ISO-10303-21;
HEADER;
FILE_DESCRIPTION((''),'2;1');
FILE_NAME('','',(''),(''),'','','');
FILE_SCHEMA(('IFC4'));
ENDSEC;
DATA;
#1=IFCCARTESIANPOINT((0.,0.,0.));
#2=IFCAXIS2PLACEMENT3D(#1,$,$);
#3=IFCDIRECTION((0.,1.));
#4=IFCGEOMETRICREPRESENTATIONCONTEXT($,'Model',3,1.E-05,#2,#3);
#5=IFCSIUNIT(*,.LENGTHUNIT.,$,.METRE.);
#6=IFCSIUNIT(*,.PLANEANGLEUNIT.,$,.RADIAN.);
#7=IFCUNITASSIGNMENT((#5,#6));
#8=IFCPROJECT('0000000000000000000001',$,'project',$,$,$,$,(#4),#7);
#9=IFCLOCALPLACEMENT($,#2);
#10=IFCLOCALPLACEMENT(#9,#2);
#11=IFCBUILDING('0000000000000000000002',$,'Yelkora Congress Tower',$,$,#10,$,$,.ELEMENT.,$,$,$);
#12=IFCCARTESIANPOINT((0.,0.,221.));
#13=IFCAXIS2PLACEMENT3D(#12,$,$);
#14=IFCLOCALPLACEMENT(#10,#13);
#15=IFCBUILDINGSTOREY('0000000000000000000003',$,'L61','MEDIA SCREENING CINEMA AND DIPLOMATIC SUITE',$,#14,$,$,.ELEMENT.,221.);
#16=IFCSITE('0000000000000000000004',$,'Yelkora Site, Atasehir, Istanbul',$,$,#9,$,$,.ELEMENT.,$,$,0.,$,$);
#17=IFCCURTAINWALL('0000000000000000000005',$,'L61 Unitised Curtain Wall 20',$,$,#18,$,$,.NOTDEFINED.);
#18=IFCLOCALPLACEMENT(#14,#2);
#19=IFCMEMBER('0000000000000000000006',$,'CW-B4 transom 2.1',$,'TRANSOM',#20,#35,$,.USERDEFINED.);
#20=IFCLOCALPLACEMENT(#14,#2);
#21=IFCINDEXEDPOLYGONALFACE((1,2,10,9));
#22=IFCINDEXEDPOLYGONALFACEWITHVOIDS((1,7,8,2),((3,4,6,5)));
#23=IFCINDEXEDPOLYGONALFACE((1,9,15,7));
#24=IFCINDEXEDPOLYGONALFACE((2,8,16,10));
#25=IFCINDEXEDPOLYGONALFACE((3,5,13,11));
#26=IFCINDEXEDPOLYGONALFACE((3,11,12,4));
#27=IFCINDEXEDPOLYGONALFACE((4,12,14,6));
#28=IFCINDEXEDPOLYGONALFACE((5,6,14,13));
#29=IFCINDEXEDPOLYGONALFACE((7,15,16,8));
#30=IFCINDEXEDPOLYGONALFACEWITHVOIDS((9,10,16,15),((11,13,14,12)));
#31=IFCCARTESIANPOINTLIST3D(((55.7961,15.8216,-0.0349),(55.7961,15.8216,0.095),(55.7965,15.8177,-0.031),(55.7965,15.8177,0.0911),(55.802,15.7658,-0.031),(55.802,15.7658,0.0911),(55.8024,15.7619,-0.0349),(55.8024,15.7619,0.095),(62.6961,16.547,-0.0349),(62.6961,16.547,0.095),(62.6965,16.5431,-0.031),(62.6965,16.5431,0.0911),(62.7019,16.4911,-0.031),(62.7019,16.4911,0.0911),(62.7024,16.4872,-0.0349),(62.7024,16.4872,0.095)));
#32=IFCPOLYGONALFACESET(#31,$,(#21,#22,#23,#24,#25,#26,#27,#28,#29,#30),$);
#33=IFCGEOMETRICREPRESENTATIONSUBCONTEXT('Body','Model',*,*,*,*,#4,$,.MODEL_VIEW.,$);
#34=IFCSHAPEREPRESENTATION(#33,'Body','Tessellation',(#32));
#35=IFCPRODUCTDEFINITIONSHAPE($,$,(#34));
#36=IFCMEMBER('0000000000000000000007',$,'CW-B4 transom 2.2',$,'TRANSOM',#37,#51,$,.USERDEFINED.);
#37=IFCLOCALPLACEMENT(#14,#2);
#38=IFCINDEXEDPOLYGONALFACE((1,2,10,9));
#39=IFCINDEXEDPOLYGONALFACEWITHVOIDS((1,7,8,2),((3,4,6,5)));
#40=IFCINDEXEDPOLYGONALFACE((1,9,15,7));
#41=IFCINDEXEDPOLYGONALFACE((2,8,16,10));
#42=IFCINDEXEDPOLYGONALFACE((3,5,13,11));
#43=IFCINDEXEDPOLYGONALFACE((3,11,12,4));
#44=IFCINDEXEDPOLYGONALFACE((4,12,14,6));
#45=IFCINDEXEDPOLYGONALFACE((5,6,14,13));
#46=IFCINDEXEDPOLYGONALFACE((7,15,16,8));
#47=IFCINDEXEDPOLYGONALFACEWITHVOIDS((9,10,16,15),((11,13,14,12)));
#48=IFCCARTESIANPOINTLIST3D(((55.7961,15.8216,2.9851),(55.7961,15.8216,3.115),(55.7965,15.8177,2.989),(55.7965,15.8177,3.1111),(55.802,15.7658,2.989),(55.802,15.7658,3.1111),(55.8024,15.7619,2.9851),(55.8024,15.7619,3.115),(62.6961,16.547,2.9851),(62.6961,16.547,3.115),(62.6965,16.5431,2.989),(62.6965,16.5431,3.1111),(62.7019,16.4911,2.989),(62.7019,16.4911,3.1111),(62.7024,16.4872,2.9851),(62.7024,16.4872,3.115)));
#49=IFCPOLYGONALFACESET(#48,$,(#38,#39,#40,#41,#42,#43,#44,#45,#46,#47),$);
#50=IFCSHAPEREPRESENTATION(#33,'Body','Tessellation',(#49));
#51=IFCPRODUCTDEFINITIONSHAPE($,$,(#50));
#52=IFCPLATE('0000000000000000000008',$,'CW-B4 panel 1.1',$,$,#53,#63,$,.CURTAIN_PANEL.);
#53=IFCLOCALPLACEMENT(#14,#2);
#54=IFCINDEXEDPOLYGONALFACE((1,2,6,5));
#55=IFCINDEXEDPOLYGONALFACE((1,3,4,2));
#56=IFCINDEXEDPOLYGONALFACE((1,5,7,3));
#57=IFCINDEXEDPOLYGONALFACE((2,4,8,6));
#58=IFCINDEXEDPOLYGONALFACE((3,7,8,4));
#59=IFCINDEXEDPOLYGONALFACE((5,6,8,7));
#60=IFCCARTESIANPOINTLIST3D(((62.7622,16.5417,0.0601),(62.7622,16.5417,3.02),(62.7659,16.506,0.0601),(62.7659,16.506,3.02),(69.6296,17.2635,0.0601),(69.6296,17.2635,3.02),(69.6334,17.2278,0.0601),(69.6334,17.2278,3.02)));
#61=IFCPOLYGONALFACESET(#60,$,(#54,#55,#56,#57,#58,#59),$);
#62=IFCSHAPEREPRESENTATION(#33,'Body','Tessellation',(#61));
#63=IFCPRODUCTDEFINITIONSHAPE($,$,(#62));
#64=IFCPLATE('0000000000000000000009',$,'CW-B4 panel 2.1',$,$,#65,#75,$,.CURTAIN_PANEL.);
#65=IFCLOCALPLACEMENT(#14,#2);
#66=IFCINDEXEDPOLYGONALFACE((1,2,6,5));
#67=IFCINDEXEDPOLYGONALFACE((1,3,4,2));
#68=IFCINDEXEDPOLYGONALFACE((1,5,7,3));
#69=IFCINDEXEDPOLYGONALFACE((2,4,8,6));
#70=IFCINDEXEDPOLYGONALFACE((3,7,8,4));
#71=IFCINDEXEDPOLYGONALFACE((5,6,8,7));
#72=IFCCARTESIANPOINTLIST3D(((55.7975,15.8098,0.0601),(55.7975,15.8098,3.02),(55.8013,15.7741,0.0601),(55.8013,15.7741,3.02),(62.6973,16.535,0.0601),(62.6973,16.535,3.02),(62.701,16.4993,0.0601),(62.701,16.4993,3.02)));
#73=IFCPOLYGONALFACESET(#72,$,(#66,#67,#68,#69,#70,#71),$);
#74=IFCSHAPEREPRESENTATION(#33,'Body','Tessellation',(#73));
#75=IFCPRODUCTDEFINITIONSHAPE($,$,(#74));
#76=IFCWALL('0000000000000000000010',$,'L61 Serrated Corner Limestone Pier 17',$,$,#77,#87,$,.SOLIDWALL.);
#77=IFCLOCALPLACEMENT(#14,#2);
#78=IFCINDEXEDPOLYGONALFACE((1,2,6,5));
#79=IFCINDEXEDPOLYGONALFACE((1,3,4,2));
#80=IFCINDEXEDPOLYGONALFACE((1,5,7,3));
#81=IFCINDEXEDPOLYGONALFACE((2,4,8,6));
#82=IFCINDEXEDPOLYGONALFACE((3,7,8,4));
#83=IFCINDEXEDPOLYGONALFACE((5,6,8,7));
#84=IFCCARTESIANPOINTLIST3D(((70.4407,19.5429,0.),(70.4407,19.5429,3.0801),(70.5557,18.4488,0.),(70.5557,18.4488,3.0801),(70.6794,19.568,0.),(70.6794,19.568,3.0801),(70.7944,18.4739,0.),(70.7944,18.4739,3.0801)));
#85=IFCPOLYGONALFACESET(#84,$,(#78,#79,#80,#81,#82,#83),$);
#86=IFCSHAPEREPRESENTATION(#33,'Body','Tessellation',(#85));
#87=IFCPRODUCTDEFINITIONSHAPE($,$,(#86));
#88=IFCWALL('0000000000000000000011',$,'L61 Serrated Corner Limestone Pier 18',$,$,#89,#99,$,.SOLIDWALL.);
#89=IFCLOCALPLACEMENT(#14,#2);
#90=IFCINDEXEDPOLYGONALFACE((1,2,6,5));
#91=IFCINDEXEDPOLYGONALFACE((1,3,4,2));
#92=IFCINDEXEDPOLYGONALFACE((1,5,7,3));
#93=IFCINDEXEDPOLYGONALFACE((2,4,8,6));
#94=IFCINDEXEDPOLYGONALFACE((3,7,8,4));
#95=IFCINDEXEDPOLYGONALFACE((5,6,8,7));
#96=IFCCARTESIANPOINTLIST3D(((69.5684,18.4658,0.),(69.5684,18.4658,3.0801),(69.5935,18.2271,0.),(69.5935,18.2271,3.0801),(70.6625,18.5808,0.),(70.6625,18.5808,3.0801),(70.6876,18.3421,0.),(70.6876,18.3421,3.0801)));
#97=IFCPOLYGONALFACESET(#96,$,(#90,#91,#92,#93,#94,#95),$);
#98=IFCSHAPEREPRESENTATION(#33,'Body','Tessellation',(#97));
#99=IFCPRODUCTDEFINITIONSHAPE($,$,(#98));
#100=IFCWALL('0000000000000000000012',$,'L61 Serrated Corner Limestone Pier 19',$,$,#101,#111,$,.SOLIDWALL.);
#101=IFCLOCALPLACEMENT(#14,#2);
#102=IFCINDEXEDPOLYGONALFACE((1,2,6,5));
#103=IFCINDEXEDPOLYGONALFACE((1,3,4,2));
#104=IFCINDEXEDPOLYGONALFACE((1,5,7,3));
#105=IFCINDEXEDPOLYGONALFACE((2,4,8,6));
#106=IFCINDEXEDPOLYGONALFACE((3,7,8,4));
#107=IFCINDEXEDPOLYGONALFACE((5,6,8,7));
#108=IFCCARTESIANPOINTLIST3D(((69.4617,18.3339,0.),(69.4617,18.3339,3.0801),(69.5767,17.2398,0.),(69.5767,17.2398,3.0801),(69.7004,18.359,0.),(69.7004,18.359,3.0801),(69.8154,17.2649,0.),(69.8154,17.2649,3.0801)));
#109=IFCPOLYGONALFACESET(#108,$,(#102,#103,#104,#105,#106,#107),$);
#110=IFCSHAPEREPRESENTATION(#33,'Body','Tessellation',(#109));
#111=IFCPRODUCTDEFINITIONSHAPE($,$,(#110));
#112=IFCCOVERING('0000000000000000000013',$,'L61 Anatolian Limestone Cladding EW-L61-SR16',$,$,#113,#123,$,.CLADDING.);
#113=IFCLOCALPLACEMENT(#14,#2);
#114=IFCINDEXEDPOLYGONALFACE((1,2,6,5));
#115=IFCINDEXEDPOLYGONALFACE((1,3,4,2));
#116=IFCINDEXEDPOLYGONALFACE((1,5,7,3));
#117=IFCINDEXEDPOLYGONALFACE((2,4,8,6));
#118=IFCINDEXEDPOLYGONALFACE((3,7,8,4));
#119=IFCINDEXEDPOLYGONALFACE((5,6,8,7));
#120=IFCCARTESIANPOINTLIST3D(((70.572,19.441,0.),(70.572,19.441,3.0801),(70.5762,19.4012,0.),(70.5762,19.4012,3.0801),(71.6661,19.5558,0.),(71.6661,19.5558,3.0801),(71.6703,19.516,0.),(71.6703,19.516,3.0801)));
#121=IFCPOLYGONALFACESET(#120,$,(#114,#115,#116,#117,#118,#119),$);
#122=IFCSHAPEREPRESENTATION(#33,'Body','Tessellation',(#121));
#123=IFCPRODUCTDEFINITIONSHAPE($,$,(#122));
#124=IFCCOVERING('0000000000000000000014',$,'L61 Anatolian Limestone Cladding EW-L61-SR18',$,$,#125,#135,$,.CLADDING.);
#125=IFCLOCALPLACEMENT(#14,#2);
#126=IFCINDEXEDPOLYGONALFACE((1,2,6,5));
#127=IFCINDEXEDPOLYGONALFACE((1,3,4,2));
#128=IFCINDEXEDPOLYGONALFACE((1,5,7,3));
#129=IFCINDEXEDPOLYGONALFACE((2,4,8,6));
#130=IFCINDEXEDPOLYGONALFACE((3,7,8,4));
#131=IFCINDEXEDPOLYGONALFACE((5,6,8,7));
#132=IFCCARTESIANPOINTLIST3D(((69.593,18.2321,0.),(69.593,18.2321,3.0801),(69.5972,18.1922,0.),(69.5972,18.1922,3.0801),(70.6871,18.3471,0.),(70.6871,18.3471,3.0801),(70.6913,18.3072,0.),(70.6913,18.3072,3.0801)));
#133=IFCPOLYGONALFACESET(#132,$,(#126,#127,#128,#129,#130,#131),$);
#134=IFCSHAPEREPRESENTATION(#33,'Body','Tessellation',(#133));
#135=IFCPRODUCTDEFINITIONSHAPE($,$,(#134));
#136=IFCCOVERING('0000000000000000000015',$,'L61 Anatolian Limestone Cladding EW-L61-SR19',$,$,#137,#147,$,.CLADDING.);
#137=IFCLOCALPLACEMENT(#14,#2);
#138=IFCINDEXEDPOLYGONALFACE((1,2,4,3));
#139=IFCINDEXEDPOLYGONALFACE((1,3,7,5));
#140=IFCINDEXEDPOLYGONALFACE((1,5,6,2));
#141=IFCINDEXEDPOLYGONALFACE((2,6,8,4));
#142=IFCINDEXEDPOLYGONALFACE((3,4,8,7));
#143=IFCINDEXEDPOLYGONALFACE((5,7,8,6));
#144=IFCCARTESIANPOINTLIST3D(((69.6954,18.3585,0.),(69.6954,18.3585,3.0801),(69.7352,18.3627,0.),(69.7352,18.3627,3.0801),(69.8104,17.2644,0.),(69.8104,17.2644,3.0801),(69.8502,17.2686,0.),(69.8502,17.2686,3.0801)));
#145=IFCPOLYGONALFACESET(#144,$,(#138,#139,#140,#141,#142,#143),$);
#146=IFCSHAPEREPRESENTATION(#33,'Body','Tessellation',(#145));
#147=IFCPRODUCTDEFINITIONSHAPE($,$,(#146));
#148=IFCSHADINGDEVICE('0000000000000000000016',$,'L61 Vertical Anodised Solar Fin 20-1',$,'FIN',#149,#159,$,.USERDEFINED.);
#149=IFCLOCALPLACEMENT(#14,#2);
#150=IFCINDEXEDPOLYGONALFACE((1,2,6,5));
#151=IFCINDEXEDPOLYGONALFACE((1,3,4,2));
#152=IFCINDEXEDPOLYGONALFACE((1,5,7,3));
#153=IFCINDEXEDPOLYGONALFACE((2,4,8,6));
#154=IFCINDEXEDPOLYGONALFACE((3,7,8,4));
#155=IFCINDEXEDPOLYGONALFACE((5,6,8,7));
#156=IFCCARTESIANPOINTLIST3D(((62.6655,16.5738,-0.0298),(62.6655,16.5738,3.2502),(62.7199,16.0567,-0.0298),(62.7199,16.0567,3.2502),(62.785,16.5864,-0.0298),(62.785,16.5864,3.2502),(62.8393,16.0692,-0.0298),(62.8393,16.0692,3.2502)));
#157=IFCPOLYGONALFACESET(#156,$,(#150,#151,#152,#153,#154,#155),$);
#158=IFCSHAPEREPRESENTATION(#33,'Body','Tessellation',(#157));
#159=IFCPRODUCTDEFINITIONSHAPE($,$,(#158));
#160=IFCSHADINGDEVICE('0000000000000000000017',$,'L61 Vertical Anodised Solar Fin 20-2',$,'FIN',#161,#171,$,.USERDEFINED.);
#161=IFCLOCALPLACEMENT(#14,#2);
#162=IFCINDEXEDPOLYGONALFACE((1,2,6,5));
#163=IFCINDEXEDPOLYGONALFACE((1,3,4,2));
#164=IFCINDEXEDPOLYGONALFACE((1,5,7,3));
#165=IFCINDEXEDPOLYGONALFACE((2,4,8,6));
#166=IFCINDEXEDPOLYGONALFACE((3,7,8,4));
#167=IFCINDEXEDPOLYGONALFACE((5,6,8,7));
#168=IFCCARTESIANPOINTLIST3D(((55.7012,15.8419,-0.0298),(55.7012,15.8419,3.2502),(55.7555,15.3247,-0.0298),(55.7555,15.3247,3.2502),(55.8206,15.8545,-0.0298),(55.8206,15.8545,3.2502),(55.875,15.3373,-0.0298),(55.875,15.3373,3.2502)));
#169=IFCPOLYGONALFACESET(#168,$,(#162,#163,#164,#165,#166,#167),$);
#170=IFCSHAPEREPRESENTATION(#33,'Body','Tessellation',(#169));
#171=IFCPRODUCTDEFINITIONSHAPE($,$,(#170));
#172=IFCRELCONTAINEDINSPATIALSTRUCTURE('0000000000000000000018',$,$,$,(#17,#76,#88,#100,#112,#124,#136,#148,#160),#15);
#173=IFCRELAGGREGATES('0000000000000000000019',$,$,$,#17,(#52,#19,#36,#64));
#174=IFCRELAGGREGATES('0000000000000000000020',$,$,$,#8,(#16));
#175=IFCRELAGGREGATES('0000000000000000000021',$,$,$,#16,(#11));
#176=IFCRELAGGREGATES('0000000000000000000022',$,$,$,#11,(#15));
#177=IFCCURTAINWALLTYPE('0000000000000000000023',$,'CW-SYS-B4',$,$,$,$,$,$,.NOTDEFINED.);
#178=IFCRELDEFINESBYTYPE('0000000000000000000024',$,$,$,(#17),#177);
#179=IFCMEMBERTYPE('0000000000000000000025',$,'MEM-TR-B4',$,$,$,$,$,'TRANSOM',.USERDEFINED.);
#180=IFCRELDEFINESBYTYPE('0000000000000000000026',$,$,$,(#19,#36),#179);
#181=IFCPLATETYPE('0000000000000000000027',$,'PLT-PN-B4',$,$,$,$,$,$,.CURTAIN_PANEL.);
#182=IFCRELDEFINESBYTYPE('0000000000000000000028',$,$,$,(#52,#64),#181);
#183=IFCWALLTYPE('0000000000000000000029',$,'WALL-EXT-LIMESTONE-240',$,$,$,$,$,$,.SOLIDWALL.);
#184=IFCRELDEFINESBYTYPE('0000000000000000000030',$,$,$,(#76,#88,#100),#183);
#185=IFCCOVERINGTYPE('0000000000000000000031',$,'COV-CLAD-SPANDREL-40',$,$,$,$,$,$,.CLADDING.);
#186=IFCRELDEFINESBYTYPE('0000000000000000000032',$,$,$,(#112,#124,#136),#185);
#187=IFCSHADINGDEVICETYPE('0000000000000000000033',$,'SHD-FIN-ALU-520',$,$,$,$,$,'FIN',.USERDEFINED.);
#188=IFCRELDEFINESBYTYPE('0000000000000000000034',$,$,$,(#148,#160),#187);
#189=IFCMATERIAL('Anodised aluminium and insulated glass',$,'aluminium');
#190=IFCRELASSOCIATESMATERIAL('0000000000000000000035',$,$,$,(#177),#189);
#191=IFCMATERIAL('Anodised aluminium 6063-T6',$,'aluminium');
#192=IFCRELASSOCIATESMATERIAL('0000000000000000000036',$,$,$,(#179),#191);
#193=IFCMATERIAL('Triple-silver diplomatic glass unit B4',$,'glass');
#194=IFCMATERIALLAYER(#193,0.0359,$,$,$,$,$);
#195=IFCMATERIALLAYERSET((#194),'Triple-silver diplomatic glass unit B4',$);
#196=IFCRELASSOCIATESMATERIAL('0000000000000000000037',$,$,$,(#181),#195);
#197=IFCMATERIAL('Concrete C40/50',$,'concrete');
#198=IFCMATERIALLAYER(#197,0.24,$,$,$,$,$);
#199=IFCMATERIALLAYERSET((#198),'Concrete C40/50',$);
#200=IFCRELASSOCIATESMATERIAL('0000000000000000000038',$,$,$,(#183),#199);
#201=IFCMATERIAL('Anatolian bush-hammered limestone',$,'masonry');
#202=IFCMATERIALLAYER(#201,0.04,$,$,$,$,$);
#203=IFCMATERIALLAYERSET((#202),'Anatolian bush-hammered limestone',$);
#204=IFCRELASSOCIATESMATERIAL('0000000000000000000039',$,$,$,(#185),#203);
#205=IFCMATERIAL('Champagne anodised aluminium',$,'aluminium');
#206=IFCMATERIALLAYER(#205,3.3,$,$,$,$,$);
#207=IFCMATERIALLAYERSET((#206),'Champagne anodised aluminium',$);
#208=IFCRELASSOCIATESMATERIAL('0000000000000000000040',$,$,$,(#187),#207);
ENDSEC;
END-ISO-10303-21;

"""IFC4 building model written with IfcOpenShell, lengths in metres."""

from ifc_helpers import new_model, si_unit, direction, frame, frame_2d, origin, origin_2d, place, context, subcontext, project, spatial, rectangle, hollow_rectangle, extrude, material, layer, layer_set, material_profile, profile_set, type_object, element, aggregate, save


model = new_model("IFC4")

# Units and contexts
model_context = context("Model", 3, precision=1e-05, world=origin(), true_north=direction((0.0, 1.0)))
body_context = subcontext(model_context, "Body", "Model", "MODEL_VIEW")
ifc_project = project(units=[si_unit("LENGTHUNIT", "METRE"), si_unit("PLANEANGLEUNIT", "RADIAN")], contexts=[model_context])

# Site, building, storey
site_placement = place(None, origin())
site = spatial("IfcSite", under=ifc_project, at=site_placement, Name="Yelkora Site, Atasehir, Istanbul", CompositionType="ELEMENT", RefElevation=0.0)
building_placement = place(site_placement, origin())
building = spatial("IfcBuilding", under=site, at=building_placement, Name="Yelkora Congress Tower", CompositionType="ELEMENT")
storey_placement = place(building_placement, frame((0.0, 0.0, 221.0)))
storey = spatial("IfcBuildingStorey", under=building, at=storey_placement, Name="L61", Description="MEDIA SCREENING CINEMA AND DIPLOMATIC SUITE", CompositionType="ELEMENT", Elevation=221.0)

# Curtain wall, members, plates
ifc_material_1 = material(Name="Anodised aluminium and insulated glass", Category="aluminium")
curtain_wall_type = type_object("IfcCurtainWallType", Name="CW-SYS-B4", PredefinedType="NOTDEFINED", material=ifc_material_1)
curtain_wall_placement = place(storey_placement, origin())
curtain_wall = element("IfcCurtainWall", 1, at=curtain_wall_placement, inside=storey, type_object=curtain_wall_type, Name="L61 Unitised Curtain Wall 20", PredefinedType="NOTDEFINED")
ifc_material_2 = material(Name="Anodised aluminium 6063-T6", Category="aluminium")
ifc_material_profile_1 = material_profile(ifc_material_2, hollow_rectangle(XDim=0.0601, YDim=0.1299, WallThickness=0.0039, at=origin_2d()), Name="ALU 60x130x4")
ifc_profile_set_1 = profile_set([ifc_material_profile_1], Name="Anodised aluminium 6063-T6")
member_type_1 = type_object("IfcMemberType", Name="MEM-TR-B4", ElementType="TRANSOM", PredefinedType="USERDEFINED", material=ifc_profile_set_1)
member_1_placement = place(storey_placement, frame((62.6992, 16.5171, 0.03), z_axis=(-0.99452, -0.104547, 0.0), x_axis=(0.104547, -0.99452, 0.0)))
member_1 = element("IfcMember", 2, at=member_1_placement, type_object=member_type_1, Name="CW-B4 transom 2.1", ObjectType="TRANSOM", PredefinedType="USERDEFINED", context=body_context, shape_type="SweptSolid", body=[
    extrude(hollow_rectangle(XDim=0.0601, YDim=0.1299, WallThickness=0.0039, at=origin_2d()), origin(), (0.0, 0.0, 1.0), 6.938),
])
member_2_placement = place(storey_placement, frame((62.6992, 16.5171, 3.05), z_axis=(-0.99452, -0.104547, 0.0), x_axis=(0.104547, -0.99452, 0.0)))
member_2 = element("IfcMember", 3, at=member_2_placement, type_object=member_type_1, Name="CW-B4 transom 2.2", ObjectType="TRANSOM", PredefinedType="USERDEFINED", context=body_context, shape_type="SweptSolid", body=[
    extrude(hollow_rectangle(XDim=0.0601, YDim=0.1299, WallThickness=0.0039, at=origin_2d()), origin(), (0.0, 0.0, 1.0), 6.938),
])
ifc_material_3 = material(Name="Triple-silver diplomatic glass unit B4", Category="glass")
ifc_layer_1 = layer(ifc_material_3, 0.0359)
ifc_layer_set_1 = layer_set([ifc_layer_1], Name="Triple-silver diplomatic glass unit B4")
plate_type = type_object("IfcPlateType", Name="PLT-PN-B4", PredefinedType="CURTAIN_PANEL", material=ifc_layer_set_1)
plate_1_placement = place(storey_placement, frame((66.1978, 16.8848, 0.0601), z_axis=(0.0, 0.0, 1.0), x_axis=(-0.994522, -0.104527, 0.0)))
plate_1 = element("IfcPlate", 4, at=plate_1_placement, type_object=plate_type, Name="CW-B4 panel 1.1", PredefinedType="CURTAIN_PANEL", context=body_context, shape_type="SweptSolid", body=[
    extrude(rectangle(XDim=6.9053, YDim=0.0359, at=origin_2d()), origin(), (0.0, 0.0, 1.0), 2.96),
])
plate_2_placement = place(storey_placement, frame((59.2493, 16.1545, 0.0601), z_axis=(0.0, 0.0, 1.0), x_axis=(-0.994522, -0.104527, 0.0)))
plate_2 = element("IfcPlate", 5, at=plate_2_placement, type_object=plate_type, Name="CW-B4 panel 2.1", PredefinedType="CURTAIN_PANEL", context=body_context, shape_type="SweptSolid", body=[
    extrude(rectangle(XDim=6.9377, YDim=0.0359, at=origin_2d()), origin(), (0.0, 0.0, 1.0), 2.96),
])
aggregate(curtain_wall, [plate_1, member_1, member_2, plate_2])

# Walls
ifc_material_4 = material(Name="Concrete C40/50", Category="concrete")
ifc_layer_2 = layer(ifc_material_4, 0.24)
ifc_layer_set_2 = layer_set([ifc_layer_2], Name="Concrete C40/50")
wall_type = type_object("IfcWallType", Name="WALL-EXT-LIMESTONE-240", PredefinedType="SOLIDWALL", material=ifc_layer_set_2)
for number, where, z_axis, x_axis, name in (
    (6, (70.5601, 19.5554, 0.0), (0.0, 0.0, 1.0), (0.104535, -0.994521, 0.0), "L61 Serrated Corner Limestone Pier 17"),
    (7, (70.675, 18.4614, 0.0), (0.0, 0.0, 1.0), (-0.994521, -0.104535, 0.0), "L61 Serrated Corner Limestone Pier 18"),
    (8, (69.5811, 18.3464, 0.0), (0.0, 0.0, 1.0), (0.104535, -0.994521, 0.0), "L61 Serrated Corner Limestone Pier 19"),
):
    element("IfcWall", number, at=place(storey_placement, frame(where, z_axis=z_axis, x_axis=x_axis)), inside=storey, type_object=wall_type, Name=name, PredefinedType="SOLIDWALL", context=body_context, shape_type="SweptSolid", body=[
        extrude(rectangle(XDim=1.1001, YDim=0.24, at=frame_2d((0.55, 0.0))), origin(), (0.0, 0.0, 1.0), 3.0801),
    ])

# Coverings
ifc_material_5 = material(Name="Anatolian bush-hammered limestone", Category="masonry")
ifc_layer_3 = layer(ifc_material_5, 0.04)
ifc_layer_set_3 = layer_set([ifc_layer_3], Name="Anatolian bush-hammered limestone")
covering_type = type_object("IfcCoveringType", Name="COV-CLAD-SPANDREL-40", PredefinedType="CLADDING", material=ifc_layer_set_3)
for number, where, z_axis, x_axis, name in (
    (9, (71.6682, 19.5359, 0.0), (0.0, 0.0, 1.0), (-0.994544, -0.104315, 0.0), "L61 Anatolian Limestone Cladding EW-L61-SR16"),
    (10, (70.6892, 18.3271, 0.0), (0.0, 0.0, 1.0), (-0.994521, -0.104535, 0.0), "L61 Anatolian Limestone Cladding EW-L61-SR18"),
    (11, (69.7153, 18.3606, 0.0), (0.0, 0.0, 1.0), (0.104535, -0.994521, 0.0), "L61 Anatolian Limestone Cladding EW-L61-SR19"),
):
    element("IfcCovering", number, at=place(storey_placement, frame(where, z_axis=z_axis, x_axis=x_axis)), inside=storey, type_object=covering_type, Name=name, PredefinedType="CLADDING", context=body_context, shape_type="SweptSolid", body=[
        extrude(rectangle(XDim=1.1001, YDim=0.04, at=frame_2d((0.55, 0.0))), origin(), (0.0, 0.0, 1.0), 3.0801),
    ])

# Shading devices
ifc_material_6 = material(Name="Champagne anodised aluminium", Category="aluminium")
ifc_layer_4 = layer(ifc_material_6, 3.3)
ifc_layer_set_4 = layer_set([ifc_layer_4], Name="Champagne anodised aluminium")
shading_device_type = type_object("IfcShadingDeviceType", Name="SHD-FIN-ALU-520", ElementType="FIN", PredefinedType="USERDEFINED", material=ifc_layer_set_4)
for number, where, z_axis, x_axis, name in (
    (12, (62.7524, 16.3215, -0.0298), (0.0, 0.0, 1.0), (-0.994522, -0.104528, 0.0), "L61 Vertical Anodised Solar Fin 20-1"),
    (13, (55.7881, 15.5896, -0.0298), (0.0, 0.0, 1.0), (-0.994522, -0.104528, 0.0), "L61 Vertical Anodised Solar Fin 20-2"),
):
    element("IfcShadingDevice", number, at=place(storey_placement, frame(where, z_axis=z_axis, x_axis=x_axis)), inside=storey, type_object=shading_device_type, Name=name, ObjectType="FIN", PredefinedType="USERDEFINED", context=body_context, shape_type="SweptSolid", body=[
        extrude(rectangle(XDim=0.1201, YDim=0.52, at=origin_2d()), origin(), (0.0, 0.0, 1.0), 3.28),
    ])

save(model, "model.ifc")
